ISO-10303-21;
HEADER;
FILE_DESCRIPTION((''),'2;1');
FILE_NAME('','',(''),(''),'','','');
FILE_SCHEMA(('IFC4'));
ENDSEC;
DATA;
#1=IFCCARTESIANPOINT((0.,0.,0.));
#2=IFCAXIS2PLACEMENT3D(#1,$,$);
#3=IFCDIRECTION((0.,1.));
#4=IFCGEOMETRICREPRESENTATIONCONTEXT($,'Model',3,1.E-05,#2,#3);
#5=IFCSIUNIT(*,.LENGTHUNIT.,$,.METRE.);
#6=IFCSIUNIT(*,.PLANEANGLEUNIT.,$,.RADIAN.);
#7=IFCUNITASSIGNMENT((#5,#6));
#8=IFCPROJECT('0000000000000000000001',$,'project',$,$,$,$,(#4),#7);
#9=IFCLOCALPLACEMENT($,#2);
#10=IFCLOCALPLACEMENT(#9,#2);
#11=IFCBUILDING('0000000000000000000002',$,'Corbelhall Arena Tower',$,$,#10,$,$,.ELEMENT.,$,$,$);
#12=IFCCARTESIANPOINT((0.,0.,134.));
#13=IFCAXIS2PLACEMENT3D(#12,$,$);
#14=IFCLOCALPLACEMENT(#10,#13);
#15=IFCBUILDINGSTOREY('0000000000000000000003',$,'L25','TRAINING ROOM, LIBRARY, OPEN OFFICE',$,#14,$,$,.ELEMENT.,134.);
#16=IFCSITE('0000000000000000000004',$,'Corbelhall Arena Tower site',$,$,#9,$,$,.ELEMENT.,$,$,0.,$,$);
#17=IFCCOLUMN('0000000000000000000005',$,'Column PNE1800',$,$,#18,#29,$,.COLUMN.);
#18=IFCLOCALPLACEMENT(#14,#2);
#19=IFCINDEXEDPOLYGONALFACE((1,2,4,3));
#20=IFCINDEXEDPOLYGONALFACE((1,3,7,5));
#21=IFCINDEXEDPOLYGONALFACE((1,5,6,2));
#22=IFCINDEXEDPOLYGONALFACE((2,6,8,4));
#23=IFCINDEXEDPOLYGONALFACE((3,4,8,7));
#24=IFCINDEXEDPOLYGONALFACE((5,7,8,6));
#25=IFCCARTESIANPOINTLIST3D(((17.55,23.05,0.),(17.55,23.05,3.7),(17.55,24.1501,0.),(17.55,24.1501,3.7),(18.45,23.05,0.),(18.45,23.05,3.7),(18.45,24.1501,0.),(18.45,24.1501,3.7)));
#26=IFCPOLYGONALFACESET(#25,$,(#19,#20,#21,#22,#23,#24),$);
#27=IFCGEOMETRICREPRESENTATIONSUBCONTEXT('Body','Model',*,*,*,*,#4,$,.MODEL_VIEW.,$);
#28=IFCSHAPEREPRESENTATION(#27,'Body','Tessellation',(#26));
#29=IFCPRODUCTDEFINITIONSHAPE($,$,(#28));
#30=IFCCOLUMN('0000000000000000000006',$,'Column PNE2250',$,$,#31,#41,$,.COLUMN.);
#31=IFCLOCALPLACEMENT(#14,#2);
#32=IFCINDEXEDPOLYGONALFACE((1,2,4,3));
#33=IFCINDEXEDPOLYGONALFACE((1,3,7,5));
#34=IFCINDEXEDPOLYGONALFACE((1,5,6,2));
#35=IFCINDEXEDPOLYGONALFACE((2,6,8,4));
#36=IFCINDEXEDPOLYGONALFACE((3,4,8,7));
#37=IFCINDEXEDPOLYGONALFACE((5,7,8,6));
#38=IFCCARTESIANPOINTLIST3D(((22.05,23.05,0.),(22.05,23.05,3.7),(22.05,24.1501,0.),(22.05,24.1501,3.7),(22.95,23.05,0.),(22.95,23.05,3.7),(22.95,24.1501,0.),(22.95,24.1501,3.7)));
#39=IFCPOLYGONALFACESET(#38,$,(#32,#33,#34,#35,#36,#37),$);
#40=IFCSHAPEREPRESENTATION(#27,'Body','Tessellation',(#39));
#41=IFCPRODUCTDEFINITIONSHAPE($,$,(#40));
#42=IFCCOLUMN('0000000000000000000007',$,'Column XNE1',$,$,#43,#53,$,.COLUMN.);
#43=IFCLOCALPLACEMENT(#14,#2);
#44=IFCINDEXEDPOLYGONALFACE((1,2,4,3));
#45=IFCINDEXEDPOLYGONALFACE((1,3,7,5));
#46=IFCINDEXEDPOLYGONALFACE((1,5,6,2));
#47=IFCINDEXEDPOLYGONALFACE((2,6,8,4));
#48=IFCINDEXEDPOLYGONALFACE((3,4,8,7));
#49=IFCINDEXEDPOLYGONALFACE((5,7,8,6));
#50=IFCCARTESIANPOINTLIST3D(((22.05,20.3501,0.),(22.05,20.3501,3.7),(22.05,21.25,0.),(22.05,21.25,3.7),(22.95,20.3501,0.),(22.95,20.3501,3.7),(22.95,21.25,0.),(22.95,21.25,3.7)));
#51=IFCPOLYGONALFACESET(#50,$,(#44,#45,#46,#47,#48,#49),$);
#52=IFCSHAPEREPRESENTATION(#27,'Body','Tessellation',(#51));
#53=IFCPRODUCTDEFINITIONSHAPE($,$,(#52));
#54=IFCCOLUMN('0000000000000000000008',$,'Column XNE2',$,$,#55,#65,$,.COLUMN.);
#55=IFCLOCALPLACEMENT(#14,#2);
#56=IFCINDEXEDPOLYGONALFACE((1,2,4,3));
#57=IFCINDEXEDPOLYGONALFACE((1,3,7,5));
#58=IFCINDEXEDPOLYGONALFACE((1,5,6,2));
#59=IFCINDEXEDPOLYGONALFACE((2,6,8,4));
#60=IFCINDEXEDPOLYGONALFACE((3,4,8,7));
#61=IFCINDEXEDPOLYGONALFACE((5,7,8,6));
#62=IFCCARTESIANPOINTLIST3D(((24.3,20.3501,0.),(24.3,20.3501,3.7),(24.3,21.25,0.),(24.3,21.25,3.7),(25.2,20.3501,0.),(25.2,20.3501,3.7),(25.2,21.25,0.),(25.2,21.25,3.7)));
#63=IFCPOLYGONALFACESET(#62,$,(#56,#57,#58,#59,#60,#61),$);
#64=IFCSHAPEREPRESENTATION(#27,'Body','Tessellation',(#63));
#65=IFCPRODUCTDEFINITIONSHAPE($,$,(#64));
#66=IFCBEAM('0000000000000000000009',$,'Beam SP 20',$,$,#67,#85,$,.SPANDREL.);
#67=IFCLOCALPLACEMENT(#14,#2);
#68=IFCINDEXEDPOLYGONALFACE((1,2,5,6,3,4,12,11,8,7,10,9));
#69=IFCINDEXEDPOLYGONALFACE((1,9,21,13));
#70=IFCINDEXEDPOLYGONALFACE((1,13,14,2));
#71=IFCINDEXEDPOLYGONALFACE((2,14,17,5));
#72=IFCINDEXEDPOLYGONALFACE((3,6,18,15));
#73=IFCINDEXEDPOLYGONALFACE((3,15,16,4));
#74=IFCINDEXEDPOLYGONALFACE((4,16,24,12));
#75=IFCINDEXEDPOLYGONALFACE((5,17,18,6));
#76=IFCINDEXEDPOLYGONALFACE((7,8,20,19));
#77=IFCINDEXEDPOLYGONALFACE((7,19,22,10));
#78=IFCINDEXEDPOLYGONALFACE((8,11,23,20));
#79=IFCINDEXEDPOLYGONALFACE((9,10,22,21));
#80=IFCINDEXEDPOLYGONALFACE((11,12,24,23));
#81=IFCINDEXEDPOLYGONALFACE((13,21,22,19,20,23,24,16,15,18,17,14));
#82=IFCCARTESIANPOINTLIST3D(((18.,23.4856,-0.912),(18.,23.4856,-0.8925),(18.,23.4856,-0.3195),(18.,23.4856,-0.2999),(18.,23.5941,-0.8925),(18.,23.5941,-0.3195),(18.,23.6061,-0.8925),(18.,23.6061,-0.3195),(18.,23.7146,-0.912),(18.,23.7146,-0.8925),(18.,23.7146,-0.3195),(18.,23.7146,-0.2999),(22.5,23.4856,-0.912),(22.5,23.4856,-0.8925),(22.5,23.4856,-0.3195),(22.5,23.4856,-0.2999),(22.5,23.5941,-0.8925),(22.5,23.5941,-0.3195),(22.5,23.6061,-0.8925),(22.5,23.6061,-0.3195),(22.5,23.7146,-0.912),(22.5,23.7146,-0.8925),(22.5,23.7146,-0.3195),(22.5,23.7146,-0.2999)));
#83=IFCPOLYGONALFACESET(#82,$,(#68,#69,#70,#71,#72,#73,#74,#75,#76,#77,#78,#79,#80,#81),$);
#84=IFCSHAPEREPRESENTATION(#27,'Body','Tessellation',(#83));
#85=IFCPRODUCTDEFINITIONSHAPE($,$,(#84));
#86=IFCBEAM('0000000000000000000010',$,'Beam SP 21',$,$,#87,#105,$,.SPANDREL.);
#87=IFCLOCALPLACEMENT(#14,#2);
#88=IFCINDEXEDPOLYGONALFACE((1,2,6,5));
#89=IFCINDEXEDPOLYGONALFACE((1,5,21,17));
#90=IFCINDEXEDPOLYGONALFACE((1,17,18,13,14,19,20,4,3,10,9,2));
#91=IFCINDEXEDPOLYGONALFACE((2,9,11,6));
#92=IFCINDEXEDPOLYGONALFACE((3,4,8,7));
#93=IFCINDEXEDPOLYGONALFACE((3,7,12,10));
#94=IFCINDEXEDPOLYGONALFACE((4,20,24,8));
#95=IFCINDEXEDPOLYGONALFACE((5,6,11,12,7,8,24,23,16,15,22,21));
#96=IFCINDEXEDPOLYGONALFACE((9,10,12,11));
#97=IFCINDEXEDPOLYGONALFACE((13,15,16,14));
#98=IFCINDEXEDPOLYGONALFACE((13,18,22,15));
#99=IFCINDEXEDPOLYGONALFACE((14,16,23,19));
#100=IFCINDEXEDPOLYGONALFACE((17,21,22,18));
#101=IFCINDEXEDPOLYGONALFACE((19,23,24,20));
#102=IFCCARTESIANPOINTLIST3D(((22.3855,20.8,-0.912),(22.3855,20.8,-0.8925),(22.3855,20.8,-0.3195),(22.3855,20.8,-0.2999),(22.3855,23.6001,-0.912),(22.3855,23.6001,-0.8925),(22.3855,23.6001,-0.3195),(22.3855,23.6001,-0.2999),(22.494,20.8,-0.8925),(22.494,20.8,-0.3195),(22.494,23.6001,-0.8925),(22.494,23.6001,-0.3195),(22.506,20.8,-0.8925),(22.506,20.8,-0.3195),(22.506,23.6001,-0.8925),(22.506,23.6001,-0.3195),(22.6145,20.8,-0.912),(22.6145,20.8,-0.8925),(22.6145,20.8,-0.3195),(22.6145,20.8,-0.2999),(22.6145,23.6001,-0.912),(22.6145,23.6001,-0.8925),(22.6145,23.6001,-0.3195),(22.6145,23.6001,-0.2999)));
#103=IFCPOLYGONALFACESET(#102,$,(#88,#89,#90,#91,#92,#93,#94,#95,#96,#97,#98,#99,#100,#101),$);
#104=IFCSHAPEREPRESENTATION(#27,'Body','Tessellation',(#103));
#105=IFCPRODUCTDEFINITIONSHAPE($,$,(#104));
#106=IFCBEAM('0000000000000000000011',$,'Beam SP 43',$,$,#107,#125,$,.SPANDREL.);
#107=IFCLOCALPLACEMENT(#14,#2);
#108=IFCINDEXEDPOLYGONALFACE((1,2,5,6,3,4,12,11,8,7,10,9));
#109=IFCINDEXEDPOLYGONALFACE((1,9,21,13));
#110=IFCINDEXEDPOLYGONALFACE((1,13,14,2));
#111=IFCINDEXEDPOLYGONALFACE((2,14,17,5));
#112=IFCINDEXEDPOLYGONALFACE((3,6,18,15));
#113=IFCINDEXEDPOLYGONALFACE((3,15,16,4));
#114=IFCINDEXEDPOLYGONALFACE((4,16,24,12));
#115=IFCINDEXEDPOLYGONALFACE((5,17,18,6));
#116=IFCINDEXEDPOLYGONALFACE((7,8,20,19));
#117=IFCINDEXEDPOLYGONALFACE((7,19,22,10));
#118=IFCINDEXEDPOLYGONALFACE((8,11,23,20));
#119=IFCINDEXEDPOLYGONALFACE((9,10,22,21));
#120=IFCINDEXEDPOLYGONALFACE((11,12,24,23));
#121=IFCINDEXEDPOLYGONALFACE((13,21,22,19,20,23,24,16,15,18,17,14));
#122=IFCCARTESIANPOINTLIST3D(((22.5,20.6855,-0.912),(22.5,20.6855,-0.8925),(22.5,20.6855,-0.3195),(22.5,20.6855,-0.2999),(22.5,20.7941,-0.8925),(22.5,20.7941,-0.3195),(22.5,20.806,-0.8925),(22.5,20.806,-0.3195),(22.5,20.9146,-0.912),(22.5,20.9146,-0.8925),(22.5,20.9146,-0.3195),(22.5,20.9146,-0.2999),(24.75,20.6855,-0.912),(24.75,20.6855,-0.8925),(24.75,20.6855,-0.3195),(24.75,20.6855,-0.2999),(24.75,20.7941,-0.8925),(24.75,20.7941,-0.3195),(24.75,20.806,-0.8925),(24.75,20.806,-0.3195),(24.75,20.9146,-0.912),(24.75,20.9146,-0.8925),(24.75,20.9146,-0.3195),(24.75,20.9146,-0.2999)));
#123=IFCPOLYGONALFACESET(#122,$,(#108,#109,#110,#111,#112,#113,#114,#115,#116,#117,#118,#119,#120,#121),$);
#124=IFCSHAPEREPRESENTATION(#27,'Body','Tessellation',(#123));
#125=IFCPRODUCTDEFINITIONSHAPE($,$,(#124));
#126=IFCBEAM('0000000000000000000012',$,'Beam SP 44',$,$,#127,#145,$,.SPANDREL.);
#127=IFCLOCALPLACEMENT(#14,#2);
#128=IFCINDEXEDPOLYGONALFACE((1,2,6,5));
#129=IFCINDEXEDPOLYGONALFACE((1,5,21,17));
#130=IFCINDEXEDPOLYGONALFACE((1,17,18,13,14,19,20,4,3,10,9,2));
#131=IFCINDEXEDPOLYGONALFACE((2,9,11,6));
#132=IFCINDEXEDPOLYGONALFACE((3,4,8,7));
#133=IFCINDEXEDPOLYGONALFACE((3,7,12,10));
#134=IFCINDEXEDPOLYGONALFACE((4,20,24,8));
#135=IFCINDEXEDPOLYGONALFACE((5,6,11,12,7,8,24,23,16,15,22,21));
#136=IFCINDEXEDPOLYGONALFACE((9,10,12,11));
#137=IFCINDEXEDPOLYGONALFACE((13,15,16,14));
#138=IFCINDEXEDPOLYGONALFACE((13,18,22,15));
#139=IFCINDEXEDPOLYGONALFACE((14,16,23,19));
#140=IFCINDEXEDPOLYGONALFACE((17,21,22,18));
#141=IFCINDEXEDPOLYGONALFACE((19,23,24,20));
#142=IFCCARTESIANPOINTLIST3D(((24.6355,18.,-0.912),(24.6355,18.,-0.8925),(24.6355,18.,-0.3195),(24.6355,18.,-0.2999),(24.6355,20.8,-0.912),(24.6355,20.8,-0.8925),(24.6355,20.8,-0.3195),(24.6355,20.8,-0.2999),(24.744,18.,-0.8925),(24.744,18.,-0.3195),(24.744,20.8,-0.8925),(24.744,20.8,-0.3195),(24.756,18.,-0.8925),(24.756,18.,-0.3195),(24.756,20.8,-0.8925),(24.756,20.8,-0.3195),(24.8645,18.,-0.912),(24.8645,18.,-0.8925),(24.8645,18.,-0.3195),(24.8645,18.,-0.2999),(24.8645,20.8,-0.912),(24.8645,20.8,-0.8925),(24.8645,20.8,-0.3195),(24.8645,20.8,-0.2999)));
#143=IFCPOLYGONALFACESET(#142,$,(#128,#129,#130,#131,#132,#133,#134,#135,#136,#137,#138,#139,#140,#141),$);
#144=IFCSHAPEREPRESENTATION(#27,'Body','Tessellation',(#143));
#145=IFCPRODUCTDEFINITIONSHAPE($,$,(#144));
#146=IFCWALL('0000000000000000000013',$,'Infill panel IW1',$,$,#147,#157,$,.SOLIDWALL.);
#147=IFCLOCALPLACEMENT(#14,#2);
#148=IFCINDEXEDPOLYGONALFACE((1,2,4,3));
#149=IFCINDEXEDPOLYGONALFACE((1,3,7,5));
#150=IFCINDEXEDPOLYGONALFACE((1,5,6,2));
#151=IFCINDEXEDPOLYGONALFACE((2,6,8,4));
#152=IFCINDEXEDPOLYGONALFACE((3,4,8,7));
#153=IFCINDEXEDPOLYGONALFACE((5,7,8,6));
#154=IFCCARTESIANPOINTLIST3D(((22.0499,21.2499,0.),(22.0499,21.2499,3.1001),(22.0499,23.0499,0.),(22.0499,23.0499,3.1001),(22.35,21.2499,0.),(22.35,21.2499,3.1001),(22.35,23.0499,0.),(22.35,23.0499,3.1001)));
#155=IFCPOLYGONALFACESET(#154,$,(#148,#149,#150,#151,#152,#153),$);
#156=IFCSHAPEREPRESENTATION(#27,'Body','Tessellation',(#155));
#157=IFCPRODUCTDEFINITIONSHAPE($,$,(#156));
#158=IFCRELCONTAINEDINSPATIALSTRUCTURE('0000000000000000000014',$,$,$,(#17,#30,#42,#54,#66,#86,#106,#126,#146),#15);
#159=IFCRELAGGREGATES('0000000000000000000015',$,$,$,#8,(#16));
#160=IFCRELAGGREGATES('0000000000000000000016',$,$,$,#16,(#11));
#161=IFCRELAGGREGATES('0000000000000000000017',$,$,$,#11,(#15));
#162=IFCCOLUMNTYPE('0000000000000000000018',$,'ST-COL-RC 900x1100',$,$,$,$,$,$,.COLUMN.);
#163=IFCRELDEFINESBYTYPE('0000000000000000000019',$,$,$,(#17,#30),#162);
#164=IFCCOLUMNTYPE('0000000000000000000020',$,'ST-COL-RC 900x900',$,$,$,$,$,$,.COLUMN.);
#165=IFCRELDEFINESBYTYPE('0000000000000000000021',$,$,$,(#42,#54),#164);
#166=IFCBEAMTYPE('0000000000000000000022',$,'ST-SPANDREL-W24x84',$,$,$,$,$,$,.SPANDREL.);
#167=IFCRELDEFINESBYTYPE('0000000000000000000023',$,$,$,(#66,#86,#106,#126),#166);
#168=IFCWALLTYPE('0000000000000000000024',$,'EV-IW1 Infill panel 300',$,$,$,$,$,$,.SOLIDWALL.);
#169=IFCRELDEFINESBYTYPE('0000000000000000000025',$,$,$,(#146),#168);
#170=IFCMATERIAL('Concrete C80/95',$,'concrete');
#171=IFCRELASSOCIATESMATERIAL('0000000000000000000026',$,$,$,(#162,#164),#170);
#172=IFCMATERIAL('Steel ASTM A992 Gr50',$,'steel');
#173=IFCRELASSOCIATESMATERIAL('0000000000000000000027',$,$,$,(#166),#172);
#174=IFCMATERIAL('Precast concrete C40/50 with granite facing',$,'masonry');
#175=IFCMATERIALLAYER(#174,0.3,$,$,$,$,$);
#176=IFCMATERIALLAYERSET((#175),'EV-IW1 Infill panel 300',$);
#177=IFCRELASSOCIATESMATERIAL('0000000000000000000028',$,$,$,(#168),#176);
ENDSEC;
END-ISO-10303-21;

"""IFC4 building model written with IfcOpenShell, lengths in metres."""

from ifc_helpers import new_model, si_unit, direction, frame, frame_2d, origin, origin_2d, place, context, subcontext, project, spatial, rectangle, i_section, extrude, material, layer, layer_set, material_profile, profile_set, type_object, element, save


model = new_model("IFC4")

# Units and contexts
model_context = context("Model", 3, precision=1e-05, world=origin(), true_north=direction((0.0, 1.0)))
body_context = subcontext(model_context, "Body", "Model", "MODEL_VIEW")
ifc_project = project(units=[si_unit("LENGTHUNIT", "METRE"), si_unit("PLANEANGLEUNIT", "RADIAN")], contexts=[model_context])

# Site, building, storey
site_placement = place(None, origin())
site = spatial("IfcSite", under=ifc_project, at=site_placement, Name="Corbelhall Arena Tower site", CompositionType="ELEMENT", RefElevation=0.0)
building_placement = place(site_placement, origin())
building = spatial("IfcBuilding", under=site, at=building_placement, Name="Corbelhall Arena Tower", CompositionType="ELEMENT")
storey_placement = place(building_placement, frame((0.0, 0.0, 134.0)))
storey = spatial("IfcBuildingStorey", under=building, at=storey_placement, Name="L25", Description="TRAINING ROOM, LIBRARY, OPEN OFFICE", CompositionType="ELEMENT", Elevation=134.0)

# Columns
ifc_material_1 = material(Name="Concrete C80/95", Category="concrete")
ifc_material_profile_1 = material_profile(ifc_material_1, rectangle(XDim=0.8999, YDim=1.1001, at=origin_2d()))
ifc_profile_set_1 = profile_set([ifc_material_profile_1], Name="Concrete C80/95")
column_type_1 = type_object("IfcColumnType", Name="ST-COL-RC 900x1100", PredefinedType="COLUMN", material=ifc_profile_set_1)
for number, where, z_axis, x_axis, name in (
    (1, (18.0, 23.6001, 0.0), (0.0, 0.0, 1.0), (1.0, 0.0, 0.0), "Column PNE1800"),
    (2, (22.5, 23.6001, 0.0), (0.0, 0.0, 1.0), (1.0, 0.0, 0.0), "Column PNE2250"),
):
    element("IfcColumn", number, at=place(storey_placement, frame(where, z_axis=z_axis, x_axis=x_axis)), inside=storey, type_object=column_type_1, Name=name, PredefinedType="COLUMN", context=body_context, shape_type="SweptSolid", body=[
        extrude(rectangle(XDim=0.8999, YDim=1.1001, at=origin_2d()), origin(), (0.0, 0.0, 1.0), 3.7),
    ])
ifc_material_profile_2 = material_profile(ifc_material_1, rectangle(XDim=0.8999, YDim=0.8999, at=origin_2d()))
ifc_profile_set_2 = profile_set([ifc_material_profile_2], Name="Concrete C80/95")
column_type_2 = type_object("IfcColumnType", Name="ST-COL-RC 900x900", PredefinedType="COLUMN", material=ifc_profile_set_2)
for number, where, z_axis, x_axis, name in (
    (3, (22.5, 20.8, 0.0), (0.0, 0.0, 1.0), (1.0, 0.0, 0.0), "Column XNE1"),
    (4, (24.75, 20.8, 0.0), (0.0, 0.0, 1.0), (1.0, 0.0, 0.0), "Column XNE2"),
):
    element("IfcColumn", number, at=place(storey_placement, frame(where, z_axis=z_axis, x_axis=x_axis)), inside=storey, type_object=column_type_2, Name=name, PredefinedType="COLUMN", context=body_context, shape_type="SweptSolid", body=[
        extrude(rectangle(XDim=0.8999, YDim=0.8999, at=origin_2d()), origin(), (0.0, 0.0, 1.0), 3.7),
    ])

# Beams
ifc_material_2 = material(Name="Steel ASTM A992 Gr50", Category="steel")
ifc_material_profile_3 = material_profile(ifc_material_2, i_section(OverallWidth=0.229, OverallDepth=0.6121, WebThickness=0.012, FlangeThickness=0.0195, at=origin_2d()))
ifc_profile_set_3 = profile_set([ifc_material_profile_3], Name="Steel ASTM A992 Gr50")
beam_type = type_object("IfcBeamType", Name="ST-SPANDREL-W24x84", PredefinedType="SPANDREL", material=ifc_profile_set_3)
beam_1_placement = place(storey_placement, frame((18.0, 23.6001, -0.606), z_axis=(1.0, 0.0, 0.0), x_axis=(0.0, 1.0, 0.0)))
element("IfcBeam", 5, at=beam_1_placement, inside=storey, type_object=beam_type, Name="Beam SP 20", PredefinedType="SPANDREL", context=body_context, shape_type="SweptSolid", body=[
    extrude(i_section(OverallWidth=0.229, OverallDepth=0.6121, WebThickness=0.012, FlangeThickness=0.0195, at=origin_2d()), origin(), (0.0, 0.0, 1.0), 4.5),
])
beam_2_placement = place(storey_placement, frame((22.5, 23.6001, -0.606), z_axis=(0.0, -1.0, 0.0), x_axis=(1.0, 0.0, 0.0)))
element("IfcBeam", 6, at=beam_2_placement, inside=storey, type_object=beam_type, Name="Beam SP 21", PredefinedType="SPANDREL", context=body_context, shape_type="SweptSolid", body=[
    extrude(i_section(OverallWidth=0.229, OverallDepth=0.6121, WebThickness=0.012, FlangeThickness=0.0195, at=origin_2d()), origin(), (0.0, 0.0, 1.0), 2.8),
])
beam_3_placement = place(storey_placement, frame((22.5, 20.8, -0.606), z_axis=(1.0, 0.0, 0.0), x_axis=(0.0, 1.0, 0.0)))
element("IfcBeam", 7, at=beam_3_placement, inside=storey, type_object=beam_type, Name="Beam SP 43", PredefinedType="SPANDREL", context=body_context, shape_type="SweptSolid", body=[
    extrude(i_section(OverallWidth=0.229, OverallDepth=0.6121, WebThickness=0.012, FlangeThickness=0.0195, at=origin_2d()), origin(), (0.0, 0.0, 1.0), 2.25),
])
beam_4_placement = place(storey_placement, frame((24.75, 20.8, -0.606), z_axis=(0.0, -1.0, 0.0), x_axis=(1.0, 0.0, 0.0)))
element("IfcBeam", 8, at=beam_4_placement, inside=storey, type_object=beam_type, Name="Beam SP 44", PredefinedType="SPANDREL", context=body_context, shape_type="SweptSolid", body=[
    extrude(i_section(OverallWidth=0.229, OverallDepth=0.6121, WebThickness=0.012, FlangeThickness=0.0195, at=origin_2d()), origin(), (0.0, 0.0, 1.0), 2.8),
])

# Wall
ifc_material_3 = material(Name="Precast concrete C40/50 with granite facing", Category="masonry")
ifc_layer_1 = layer(ifc_material_3, 0.3)
ifc_layer_set_1 = layer_set([ifc_layer_1], Name="EV-IW1 Infill panel 300")
wall_type_1 = type_object("IfcWallType", Name="EV-IW1 Infill panel 300", PredefinedType="SOLIDWALL", material=ifc_layer_set_1)
wall_1_placement = place(storey_placement, frame((22.2, 21.25, 0.0), z_axis=(0.0, 0.0, 1.0), x_axis=(0.0, 1.0, 0.0)))
element("IfcWall", 9, at=wall_1_placement, inside=storey, type_object=wall_type_1, Name="Infill panel IW1", PredefinedType="SOLIDWALL", context=body_context, shape_type="SweptSolid", body=[
    extrude(rectangle(XDim=1.8, YDim=0.3, at=frame_2d((0.8999, 0.0))), origin(), (0.0, 0.0, 1.0), 3.1001),
])

save(model, "model.ifc")
